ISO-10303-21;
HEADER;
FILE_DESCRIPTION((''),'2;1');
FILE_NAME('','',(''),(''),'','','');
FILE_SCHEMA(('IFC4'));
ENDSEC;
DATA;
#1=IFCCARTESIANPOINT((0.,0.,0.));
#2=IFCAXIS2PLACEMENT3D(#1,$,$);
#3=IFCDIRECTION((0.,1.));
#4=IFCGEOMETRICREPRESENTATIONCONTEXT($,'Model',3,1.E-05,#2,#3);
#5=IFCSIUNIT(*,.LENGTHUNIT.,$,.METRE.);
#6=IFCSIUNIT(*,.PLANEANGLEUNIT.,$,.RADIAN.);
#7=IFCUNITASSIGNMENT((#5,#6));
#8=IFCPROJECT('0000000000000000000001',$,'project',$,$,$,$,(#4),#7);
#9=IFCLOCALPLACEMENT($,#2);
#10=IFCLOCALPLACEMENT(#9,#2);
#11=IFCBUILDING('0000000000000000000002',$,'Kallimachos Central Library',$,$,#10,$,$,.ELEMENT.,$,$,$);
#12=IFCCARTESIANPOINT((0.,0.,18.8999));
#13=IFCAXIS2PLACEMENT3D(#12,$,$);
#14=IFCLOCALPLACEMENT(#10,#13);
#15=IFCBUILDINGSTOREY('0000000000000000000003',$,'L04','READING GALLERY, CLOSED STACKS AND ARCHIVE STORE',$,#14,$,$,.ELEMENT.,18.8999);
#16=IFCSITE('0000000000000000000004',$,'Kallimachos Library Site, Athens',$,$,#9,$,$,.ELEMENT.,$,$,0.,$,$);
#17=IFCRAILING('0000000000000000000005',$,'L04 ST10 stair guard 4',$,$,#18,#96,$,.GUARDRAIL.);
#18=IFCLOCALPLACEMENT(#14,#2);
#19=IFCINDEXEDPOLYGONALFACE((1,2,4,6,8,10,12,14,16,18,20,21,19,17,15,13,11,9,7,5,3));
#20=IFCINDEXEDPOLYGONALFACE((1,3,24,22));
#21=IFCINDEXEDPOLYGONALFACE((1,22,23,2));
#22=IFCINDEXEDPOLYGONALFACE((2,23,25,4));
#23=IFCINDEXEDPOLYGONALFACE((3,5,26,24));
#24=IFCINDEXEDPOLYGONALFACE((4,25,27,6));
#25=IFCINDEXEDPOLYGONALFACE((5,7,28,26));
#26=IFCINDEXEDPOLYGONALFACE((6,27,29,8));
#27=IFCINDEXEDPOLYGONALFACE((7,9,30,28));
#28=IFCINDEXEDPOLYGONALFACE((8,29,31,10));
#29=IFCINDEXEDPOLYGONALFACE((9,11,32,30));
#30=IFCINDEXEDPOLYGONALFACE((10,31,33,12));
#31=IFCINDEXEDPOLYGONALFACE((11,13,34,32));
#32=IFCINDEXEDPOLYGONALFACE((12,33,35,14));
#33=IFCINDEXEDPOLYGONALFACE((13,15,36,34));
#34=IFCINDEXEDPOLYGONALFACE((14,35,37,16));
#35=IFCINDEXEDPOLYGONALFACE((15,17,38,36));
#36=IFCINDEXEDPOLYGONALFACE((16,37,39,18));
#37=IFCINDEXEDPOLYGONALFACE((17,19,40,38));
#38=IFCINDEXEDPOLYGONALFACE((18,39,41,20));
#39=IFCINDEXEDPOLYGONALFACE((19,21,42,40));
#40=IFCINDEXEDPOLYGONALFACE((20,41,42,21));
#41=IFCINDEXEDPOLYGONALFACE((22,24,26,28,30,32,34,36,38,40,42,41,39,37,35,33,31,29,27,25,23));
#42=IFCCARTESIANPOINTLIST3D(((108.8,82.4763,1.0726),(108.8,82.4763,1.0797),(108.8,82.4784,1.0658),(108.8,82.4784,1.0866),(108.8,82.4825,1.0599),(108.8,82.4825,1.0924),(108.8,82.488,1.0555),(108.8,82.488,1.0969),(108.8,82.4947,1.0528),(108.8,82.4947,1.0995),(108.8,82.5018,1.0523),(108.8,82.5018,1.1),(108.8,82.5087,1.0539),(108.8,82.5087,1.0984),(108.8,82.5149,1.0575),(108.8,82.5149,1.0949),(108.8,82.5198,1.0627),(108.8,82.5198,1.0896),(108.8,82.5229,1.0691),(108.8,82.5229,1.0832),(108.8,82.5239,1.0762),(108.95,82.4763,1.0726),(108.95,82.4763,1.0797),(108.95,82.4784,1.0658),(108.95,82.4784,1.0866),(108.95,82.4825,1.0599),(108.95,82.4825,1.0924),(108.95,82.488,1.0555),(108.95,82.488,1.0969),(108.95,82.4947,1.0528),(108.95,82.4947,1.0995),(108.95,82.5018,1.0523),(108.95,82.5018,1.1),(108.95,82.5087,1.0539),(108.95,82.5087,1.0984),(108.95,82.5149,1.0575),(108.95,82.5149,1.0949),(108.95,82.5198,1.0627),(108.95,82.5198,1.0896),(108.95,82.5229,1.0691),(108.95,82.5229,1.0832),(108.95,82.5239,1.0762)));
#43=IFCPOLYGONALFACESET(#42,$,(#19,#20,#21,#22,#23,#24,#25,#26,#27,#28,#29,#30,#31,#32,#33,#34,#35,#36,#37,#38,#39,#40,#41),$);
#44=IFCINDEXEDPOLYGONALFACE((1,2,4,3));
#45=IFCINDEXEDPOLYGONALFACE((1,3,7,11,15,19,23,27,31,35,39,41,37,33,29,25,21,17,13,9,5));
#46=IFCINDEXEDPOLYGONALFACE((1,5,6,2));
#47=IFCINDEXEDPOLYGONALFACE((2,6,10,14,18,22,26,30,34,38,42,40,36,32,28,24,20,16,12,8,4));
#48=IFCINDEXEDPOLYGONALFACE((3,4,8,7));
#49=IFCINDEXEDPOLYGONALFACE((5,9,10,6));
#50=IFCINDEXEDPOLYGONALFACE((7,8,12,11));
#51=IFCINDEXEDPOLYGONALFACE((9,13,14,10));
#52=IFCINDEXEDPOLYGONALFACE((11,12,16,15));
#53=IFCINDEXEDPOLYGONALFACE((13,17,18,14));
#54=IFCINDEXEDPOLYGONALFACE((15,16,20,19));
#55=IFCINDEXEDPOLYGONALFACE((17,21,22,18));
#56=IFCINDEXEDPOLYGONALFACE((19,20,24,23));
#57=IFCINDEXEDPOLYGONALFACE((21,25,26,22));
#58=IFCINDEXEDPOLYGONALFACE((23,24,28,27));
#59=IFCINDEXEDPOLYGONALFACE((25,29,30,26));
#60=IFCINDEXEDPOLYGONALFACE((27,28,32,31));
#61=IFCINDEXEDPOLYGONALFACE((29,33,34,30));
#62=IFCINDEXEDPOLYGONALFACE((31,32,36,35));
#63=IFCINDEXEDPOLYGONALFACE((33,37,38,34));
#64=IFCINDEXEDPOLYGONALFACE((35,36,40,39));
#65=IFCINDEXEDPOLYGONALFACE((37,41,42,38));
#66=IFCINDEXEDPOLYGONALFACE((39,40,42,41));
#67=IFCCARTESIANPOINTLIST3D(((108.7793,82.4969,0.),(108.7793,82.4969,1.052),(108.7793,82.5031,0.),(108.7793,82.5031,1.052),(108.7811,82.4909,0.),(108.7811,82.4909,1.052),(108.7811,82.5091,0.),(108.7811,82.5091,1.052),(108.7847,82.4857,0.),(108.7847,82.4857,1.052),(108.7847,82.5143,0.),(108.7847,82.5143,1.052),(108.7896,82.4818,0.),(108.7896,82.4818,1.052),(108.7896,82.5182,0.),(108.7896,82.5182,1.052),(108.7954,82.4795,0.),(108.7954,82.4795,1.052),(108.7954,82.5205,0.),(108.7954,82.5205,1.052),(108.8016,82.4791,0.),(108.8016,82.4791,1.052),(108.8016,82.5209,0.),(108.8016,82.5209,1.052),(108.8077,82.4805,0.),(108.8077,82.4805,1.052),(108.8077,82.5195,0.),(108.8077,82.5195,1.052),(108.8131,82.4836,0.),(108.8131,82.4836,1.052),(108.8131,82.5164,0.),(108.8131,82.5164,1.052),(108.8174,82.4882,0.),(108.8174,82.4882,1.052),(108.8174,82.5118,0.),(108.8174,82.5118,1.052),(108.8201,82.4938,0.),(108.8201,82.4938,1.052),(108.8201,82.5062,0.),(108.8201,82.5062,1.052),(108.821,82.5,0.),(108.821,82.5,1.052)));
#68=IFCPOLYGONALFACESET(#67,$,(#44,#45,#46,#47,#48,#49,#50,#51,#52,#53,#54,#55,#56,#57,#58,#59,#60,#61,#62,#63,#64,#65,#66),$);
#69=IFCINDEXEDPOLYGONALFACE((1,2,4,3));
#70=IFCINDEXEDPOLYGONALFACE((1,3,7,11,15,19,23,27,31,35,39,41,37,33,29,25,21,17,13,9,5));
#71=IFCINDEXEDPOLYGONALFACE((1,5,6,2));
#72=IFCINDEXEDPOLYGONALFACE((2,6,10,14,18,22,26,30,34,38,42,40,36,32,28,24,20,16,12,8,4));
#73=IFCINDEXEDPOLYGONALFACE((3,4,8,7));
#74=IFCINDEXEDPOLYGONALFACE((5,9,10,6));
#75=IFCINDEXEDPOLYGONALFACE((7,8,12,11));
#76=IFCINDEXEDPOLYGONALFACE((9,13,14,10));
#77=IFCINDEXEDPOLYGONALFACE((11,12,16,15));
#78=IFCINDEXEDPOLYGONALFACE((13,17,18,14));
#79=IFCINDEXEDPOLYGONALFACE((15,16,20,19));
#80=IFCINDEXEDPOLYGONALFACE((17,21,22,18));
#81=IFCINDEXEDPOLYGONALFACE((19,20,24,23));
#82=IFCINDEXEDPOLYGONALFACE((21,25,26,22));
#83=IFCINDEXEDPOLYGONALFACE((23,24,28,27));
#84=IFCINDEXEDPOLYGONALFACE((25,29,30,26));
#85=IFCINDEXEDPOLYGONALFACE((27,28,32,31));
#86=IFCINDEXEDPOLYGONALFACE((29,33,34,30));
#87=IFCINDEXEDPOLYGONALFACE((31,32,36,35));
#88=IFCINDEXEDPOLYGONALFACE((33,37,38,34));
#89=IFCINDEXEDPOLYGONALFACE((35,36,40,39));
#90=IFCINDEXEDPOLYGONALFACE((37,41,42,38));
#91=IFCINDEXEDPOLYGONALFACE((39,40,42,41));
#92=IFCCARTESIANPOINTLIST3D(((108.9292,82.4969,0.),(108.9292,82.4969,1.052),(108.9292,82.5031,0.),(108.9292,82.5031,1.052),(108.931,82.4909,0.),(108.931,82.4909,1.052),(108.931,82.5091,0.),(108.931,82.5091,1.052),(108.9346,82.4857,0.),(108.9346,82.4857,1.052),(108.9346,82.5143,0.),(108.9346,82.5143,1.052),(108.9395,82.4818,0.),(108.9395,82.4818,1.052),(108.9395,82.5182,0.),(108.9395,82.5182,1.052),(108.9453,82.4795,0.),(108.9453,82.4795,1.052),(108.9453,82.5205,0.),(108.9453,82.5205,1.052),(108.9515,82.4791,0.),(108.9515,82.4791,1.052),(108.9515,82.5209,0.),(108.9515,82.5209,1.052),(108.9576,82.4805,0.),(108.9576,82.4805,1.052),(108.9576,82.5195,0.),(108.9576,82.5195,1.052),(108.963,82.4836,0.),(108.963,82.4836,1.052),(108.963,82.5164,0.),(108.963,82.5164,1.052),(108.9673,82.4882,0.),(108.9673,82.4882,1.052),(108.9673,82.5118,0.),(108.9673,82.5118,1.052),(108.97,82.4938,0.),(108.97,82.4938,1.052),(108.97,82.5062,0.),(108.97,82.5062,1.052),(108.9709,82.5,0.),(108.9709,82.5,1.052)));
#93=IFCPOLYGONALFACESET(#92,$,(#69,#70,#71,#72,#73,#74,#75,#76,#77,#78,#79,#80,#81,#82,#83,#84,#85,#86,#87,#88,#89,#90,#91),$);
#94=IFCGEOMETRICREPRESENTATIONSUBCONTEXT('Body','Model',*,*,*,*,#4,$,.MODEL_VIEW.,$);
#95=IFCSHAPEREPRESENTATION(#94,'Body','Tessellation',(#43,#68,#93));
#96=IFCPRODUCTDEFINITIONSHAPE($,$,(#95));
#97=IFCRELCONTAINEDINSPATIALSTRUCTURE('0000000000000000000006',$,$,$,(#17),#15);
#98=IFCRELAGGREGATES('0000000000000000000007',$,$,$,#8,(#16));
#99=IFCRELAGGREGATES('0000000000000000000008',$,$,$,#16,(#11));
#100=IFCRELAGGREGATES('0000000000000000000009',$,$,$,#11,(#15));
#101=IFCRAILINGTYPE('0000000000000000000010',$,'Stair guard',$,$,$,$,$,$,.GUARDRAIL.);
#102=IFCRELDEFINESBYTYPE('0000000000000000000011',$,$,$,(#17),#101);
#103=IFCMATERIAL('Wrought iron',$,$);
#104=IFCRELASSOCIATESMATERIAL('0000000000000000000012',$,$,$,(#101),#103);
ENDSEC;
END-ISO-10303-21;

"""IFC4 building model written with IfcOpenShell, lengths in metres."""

from ifc_helpers import new_model, si_unit, direction, frame, origin, origin_2d, place, context, subcontext, project, spatial, circle, extrude, material, type_object, element, save


model = new_model("IFC4")

# Units and contexts
model_context = context("Model", 3, precision=1e-05, world=origin(), true_north=direction((0.0, 1.0)))
body_context = subcontext(model_context, "Body", "Model", "MODEL_VIEW")
ifc_project = project(units=[si_unit("LENGTHUNIT", "METRE"), si_unit("PLANEANGLEUNIT", "RADIAN")], contexts=[model_context])

# Site, building, storey
site_placement = place(None, origin())
site = spatial("IfcSite", under=ifc_project, at=site_placement, Name="Kallimachos Library Site, Athens", CompositionType="ELEMENT", RefElevation=0.0)
building_placement = place(site_placement, origin())
building = spatial("IfcBuilding", under=site, at=building_placement, Name="Kallimachos Central Library", CompositionType="ELEMENT")
storey_placement = place(building_placement, frame((0.0, 0.0, 18.8999)))
storey = spatial("IfcBuildingStorey", under=building, at=storey_placement, Name="L04", Description="READING GALLERY, CLOSED STACKS AND ARCHIVE STORE", CompositionType="ELEMENT", Elevation=18.8999)

# Railing
ifc_material_1 = material(Name="Wrought iron")
railing_type_1 = type_object("IfcRailingType", Name="Stair guard", PredefinedType="GUARDRAIL", material=ifc_material_1)
railing_1_placement = place(storey_placement, frame((108.8, 82.5, 0.0)))
element("IfcRailing", 1, at=railing_1_placement, inside=storey, type_object=railing_type_1, Name="L04 ST10 stair guard 4", PredefinedType="GUARDRAIL", context=body_context, shape_type="SweptSolid", body=[
    extrude(circle(Radius=0.0239, at=origin_2d()), frame((0.0, 0.0, 1.0762), z_axis=(1.0, 0.0, 0.0), x_axis=(0.0, 1.0, 0.0)), (0.0, 0.0, 1.0), 0.1499),
    extrude(circle(Radius=0.021, at=origin_2d()), origin(), (0.0, 0.0, 1.0), 1.052),
    extrude(circle(Radius=0.021, at=origin_2d()), frame((0.1499, 0.0, 0.0)), (0.0, 0.0, 1.0), 1.052),
])

save(model, "model.ifc")
